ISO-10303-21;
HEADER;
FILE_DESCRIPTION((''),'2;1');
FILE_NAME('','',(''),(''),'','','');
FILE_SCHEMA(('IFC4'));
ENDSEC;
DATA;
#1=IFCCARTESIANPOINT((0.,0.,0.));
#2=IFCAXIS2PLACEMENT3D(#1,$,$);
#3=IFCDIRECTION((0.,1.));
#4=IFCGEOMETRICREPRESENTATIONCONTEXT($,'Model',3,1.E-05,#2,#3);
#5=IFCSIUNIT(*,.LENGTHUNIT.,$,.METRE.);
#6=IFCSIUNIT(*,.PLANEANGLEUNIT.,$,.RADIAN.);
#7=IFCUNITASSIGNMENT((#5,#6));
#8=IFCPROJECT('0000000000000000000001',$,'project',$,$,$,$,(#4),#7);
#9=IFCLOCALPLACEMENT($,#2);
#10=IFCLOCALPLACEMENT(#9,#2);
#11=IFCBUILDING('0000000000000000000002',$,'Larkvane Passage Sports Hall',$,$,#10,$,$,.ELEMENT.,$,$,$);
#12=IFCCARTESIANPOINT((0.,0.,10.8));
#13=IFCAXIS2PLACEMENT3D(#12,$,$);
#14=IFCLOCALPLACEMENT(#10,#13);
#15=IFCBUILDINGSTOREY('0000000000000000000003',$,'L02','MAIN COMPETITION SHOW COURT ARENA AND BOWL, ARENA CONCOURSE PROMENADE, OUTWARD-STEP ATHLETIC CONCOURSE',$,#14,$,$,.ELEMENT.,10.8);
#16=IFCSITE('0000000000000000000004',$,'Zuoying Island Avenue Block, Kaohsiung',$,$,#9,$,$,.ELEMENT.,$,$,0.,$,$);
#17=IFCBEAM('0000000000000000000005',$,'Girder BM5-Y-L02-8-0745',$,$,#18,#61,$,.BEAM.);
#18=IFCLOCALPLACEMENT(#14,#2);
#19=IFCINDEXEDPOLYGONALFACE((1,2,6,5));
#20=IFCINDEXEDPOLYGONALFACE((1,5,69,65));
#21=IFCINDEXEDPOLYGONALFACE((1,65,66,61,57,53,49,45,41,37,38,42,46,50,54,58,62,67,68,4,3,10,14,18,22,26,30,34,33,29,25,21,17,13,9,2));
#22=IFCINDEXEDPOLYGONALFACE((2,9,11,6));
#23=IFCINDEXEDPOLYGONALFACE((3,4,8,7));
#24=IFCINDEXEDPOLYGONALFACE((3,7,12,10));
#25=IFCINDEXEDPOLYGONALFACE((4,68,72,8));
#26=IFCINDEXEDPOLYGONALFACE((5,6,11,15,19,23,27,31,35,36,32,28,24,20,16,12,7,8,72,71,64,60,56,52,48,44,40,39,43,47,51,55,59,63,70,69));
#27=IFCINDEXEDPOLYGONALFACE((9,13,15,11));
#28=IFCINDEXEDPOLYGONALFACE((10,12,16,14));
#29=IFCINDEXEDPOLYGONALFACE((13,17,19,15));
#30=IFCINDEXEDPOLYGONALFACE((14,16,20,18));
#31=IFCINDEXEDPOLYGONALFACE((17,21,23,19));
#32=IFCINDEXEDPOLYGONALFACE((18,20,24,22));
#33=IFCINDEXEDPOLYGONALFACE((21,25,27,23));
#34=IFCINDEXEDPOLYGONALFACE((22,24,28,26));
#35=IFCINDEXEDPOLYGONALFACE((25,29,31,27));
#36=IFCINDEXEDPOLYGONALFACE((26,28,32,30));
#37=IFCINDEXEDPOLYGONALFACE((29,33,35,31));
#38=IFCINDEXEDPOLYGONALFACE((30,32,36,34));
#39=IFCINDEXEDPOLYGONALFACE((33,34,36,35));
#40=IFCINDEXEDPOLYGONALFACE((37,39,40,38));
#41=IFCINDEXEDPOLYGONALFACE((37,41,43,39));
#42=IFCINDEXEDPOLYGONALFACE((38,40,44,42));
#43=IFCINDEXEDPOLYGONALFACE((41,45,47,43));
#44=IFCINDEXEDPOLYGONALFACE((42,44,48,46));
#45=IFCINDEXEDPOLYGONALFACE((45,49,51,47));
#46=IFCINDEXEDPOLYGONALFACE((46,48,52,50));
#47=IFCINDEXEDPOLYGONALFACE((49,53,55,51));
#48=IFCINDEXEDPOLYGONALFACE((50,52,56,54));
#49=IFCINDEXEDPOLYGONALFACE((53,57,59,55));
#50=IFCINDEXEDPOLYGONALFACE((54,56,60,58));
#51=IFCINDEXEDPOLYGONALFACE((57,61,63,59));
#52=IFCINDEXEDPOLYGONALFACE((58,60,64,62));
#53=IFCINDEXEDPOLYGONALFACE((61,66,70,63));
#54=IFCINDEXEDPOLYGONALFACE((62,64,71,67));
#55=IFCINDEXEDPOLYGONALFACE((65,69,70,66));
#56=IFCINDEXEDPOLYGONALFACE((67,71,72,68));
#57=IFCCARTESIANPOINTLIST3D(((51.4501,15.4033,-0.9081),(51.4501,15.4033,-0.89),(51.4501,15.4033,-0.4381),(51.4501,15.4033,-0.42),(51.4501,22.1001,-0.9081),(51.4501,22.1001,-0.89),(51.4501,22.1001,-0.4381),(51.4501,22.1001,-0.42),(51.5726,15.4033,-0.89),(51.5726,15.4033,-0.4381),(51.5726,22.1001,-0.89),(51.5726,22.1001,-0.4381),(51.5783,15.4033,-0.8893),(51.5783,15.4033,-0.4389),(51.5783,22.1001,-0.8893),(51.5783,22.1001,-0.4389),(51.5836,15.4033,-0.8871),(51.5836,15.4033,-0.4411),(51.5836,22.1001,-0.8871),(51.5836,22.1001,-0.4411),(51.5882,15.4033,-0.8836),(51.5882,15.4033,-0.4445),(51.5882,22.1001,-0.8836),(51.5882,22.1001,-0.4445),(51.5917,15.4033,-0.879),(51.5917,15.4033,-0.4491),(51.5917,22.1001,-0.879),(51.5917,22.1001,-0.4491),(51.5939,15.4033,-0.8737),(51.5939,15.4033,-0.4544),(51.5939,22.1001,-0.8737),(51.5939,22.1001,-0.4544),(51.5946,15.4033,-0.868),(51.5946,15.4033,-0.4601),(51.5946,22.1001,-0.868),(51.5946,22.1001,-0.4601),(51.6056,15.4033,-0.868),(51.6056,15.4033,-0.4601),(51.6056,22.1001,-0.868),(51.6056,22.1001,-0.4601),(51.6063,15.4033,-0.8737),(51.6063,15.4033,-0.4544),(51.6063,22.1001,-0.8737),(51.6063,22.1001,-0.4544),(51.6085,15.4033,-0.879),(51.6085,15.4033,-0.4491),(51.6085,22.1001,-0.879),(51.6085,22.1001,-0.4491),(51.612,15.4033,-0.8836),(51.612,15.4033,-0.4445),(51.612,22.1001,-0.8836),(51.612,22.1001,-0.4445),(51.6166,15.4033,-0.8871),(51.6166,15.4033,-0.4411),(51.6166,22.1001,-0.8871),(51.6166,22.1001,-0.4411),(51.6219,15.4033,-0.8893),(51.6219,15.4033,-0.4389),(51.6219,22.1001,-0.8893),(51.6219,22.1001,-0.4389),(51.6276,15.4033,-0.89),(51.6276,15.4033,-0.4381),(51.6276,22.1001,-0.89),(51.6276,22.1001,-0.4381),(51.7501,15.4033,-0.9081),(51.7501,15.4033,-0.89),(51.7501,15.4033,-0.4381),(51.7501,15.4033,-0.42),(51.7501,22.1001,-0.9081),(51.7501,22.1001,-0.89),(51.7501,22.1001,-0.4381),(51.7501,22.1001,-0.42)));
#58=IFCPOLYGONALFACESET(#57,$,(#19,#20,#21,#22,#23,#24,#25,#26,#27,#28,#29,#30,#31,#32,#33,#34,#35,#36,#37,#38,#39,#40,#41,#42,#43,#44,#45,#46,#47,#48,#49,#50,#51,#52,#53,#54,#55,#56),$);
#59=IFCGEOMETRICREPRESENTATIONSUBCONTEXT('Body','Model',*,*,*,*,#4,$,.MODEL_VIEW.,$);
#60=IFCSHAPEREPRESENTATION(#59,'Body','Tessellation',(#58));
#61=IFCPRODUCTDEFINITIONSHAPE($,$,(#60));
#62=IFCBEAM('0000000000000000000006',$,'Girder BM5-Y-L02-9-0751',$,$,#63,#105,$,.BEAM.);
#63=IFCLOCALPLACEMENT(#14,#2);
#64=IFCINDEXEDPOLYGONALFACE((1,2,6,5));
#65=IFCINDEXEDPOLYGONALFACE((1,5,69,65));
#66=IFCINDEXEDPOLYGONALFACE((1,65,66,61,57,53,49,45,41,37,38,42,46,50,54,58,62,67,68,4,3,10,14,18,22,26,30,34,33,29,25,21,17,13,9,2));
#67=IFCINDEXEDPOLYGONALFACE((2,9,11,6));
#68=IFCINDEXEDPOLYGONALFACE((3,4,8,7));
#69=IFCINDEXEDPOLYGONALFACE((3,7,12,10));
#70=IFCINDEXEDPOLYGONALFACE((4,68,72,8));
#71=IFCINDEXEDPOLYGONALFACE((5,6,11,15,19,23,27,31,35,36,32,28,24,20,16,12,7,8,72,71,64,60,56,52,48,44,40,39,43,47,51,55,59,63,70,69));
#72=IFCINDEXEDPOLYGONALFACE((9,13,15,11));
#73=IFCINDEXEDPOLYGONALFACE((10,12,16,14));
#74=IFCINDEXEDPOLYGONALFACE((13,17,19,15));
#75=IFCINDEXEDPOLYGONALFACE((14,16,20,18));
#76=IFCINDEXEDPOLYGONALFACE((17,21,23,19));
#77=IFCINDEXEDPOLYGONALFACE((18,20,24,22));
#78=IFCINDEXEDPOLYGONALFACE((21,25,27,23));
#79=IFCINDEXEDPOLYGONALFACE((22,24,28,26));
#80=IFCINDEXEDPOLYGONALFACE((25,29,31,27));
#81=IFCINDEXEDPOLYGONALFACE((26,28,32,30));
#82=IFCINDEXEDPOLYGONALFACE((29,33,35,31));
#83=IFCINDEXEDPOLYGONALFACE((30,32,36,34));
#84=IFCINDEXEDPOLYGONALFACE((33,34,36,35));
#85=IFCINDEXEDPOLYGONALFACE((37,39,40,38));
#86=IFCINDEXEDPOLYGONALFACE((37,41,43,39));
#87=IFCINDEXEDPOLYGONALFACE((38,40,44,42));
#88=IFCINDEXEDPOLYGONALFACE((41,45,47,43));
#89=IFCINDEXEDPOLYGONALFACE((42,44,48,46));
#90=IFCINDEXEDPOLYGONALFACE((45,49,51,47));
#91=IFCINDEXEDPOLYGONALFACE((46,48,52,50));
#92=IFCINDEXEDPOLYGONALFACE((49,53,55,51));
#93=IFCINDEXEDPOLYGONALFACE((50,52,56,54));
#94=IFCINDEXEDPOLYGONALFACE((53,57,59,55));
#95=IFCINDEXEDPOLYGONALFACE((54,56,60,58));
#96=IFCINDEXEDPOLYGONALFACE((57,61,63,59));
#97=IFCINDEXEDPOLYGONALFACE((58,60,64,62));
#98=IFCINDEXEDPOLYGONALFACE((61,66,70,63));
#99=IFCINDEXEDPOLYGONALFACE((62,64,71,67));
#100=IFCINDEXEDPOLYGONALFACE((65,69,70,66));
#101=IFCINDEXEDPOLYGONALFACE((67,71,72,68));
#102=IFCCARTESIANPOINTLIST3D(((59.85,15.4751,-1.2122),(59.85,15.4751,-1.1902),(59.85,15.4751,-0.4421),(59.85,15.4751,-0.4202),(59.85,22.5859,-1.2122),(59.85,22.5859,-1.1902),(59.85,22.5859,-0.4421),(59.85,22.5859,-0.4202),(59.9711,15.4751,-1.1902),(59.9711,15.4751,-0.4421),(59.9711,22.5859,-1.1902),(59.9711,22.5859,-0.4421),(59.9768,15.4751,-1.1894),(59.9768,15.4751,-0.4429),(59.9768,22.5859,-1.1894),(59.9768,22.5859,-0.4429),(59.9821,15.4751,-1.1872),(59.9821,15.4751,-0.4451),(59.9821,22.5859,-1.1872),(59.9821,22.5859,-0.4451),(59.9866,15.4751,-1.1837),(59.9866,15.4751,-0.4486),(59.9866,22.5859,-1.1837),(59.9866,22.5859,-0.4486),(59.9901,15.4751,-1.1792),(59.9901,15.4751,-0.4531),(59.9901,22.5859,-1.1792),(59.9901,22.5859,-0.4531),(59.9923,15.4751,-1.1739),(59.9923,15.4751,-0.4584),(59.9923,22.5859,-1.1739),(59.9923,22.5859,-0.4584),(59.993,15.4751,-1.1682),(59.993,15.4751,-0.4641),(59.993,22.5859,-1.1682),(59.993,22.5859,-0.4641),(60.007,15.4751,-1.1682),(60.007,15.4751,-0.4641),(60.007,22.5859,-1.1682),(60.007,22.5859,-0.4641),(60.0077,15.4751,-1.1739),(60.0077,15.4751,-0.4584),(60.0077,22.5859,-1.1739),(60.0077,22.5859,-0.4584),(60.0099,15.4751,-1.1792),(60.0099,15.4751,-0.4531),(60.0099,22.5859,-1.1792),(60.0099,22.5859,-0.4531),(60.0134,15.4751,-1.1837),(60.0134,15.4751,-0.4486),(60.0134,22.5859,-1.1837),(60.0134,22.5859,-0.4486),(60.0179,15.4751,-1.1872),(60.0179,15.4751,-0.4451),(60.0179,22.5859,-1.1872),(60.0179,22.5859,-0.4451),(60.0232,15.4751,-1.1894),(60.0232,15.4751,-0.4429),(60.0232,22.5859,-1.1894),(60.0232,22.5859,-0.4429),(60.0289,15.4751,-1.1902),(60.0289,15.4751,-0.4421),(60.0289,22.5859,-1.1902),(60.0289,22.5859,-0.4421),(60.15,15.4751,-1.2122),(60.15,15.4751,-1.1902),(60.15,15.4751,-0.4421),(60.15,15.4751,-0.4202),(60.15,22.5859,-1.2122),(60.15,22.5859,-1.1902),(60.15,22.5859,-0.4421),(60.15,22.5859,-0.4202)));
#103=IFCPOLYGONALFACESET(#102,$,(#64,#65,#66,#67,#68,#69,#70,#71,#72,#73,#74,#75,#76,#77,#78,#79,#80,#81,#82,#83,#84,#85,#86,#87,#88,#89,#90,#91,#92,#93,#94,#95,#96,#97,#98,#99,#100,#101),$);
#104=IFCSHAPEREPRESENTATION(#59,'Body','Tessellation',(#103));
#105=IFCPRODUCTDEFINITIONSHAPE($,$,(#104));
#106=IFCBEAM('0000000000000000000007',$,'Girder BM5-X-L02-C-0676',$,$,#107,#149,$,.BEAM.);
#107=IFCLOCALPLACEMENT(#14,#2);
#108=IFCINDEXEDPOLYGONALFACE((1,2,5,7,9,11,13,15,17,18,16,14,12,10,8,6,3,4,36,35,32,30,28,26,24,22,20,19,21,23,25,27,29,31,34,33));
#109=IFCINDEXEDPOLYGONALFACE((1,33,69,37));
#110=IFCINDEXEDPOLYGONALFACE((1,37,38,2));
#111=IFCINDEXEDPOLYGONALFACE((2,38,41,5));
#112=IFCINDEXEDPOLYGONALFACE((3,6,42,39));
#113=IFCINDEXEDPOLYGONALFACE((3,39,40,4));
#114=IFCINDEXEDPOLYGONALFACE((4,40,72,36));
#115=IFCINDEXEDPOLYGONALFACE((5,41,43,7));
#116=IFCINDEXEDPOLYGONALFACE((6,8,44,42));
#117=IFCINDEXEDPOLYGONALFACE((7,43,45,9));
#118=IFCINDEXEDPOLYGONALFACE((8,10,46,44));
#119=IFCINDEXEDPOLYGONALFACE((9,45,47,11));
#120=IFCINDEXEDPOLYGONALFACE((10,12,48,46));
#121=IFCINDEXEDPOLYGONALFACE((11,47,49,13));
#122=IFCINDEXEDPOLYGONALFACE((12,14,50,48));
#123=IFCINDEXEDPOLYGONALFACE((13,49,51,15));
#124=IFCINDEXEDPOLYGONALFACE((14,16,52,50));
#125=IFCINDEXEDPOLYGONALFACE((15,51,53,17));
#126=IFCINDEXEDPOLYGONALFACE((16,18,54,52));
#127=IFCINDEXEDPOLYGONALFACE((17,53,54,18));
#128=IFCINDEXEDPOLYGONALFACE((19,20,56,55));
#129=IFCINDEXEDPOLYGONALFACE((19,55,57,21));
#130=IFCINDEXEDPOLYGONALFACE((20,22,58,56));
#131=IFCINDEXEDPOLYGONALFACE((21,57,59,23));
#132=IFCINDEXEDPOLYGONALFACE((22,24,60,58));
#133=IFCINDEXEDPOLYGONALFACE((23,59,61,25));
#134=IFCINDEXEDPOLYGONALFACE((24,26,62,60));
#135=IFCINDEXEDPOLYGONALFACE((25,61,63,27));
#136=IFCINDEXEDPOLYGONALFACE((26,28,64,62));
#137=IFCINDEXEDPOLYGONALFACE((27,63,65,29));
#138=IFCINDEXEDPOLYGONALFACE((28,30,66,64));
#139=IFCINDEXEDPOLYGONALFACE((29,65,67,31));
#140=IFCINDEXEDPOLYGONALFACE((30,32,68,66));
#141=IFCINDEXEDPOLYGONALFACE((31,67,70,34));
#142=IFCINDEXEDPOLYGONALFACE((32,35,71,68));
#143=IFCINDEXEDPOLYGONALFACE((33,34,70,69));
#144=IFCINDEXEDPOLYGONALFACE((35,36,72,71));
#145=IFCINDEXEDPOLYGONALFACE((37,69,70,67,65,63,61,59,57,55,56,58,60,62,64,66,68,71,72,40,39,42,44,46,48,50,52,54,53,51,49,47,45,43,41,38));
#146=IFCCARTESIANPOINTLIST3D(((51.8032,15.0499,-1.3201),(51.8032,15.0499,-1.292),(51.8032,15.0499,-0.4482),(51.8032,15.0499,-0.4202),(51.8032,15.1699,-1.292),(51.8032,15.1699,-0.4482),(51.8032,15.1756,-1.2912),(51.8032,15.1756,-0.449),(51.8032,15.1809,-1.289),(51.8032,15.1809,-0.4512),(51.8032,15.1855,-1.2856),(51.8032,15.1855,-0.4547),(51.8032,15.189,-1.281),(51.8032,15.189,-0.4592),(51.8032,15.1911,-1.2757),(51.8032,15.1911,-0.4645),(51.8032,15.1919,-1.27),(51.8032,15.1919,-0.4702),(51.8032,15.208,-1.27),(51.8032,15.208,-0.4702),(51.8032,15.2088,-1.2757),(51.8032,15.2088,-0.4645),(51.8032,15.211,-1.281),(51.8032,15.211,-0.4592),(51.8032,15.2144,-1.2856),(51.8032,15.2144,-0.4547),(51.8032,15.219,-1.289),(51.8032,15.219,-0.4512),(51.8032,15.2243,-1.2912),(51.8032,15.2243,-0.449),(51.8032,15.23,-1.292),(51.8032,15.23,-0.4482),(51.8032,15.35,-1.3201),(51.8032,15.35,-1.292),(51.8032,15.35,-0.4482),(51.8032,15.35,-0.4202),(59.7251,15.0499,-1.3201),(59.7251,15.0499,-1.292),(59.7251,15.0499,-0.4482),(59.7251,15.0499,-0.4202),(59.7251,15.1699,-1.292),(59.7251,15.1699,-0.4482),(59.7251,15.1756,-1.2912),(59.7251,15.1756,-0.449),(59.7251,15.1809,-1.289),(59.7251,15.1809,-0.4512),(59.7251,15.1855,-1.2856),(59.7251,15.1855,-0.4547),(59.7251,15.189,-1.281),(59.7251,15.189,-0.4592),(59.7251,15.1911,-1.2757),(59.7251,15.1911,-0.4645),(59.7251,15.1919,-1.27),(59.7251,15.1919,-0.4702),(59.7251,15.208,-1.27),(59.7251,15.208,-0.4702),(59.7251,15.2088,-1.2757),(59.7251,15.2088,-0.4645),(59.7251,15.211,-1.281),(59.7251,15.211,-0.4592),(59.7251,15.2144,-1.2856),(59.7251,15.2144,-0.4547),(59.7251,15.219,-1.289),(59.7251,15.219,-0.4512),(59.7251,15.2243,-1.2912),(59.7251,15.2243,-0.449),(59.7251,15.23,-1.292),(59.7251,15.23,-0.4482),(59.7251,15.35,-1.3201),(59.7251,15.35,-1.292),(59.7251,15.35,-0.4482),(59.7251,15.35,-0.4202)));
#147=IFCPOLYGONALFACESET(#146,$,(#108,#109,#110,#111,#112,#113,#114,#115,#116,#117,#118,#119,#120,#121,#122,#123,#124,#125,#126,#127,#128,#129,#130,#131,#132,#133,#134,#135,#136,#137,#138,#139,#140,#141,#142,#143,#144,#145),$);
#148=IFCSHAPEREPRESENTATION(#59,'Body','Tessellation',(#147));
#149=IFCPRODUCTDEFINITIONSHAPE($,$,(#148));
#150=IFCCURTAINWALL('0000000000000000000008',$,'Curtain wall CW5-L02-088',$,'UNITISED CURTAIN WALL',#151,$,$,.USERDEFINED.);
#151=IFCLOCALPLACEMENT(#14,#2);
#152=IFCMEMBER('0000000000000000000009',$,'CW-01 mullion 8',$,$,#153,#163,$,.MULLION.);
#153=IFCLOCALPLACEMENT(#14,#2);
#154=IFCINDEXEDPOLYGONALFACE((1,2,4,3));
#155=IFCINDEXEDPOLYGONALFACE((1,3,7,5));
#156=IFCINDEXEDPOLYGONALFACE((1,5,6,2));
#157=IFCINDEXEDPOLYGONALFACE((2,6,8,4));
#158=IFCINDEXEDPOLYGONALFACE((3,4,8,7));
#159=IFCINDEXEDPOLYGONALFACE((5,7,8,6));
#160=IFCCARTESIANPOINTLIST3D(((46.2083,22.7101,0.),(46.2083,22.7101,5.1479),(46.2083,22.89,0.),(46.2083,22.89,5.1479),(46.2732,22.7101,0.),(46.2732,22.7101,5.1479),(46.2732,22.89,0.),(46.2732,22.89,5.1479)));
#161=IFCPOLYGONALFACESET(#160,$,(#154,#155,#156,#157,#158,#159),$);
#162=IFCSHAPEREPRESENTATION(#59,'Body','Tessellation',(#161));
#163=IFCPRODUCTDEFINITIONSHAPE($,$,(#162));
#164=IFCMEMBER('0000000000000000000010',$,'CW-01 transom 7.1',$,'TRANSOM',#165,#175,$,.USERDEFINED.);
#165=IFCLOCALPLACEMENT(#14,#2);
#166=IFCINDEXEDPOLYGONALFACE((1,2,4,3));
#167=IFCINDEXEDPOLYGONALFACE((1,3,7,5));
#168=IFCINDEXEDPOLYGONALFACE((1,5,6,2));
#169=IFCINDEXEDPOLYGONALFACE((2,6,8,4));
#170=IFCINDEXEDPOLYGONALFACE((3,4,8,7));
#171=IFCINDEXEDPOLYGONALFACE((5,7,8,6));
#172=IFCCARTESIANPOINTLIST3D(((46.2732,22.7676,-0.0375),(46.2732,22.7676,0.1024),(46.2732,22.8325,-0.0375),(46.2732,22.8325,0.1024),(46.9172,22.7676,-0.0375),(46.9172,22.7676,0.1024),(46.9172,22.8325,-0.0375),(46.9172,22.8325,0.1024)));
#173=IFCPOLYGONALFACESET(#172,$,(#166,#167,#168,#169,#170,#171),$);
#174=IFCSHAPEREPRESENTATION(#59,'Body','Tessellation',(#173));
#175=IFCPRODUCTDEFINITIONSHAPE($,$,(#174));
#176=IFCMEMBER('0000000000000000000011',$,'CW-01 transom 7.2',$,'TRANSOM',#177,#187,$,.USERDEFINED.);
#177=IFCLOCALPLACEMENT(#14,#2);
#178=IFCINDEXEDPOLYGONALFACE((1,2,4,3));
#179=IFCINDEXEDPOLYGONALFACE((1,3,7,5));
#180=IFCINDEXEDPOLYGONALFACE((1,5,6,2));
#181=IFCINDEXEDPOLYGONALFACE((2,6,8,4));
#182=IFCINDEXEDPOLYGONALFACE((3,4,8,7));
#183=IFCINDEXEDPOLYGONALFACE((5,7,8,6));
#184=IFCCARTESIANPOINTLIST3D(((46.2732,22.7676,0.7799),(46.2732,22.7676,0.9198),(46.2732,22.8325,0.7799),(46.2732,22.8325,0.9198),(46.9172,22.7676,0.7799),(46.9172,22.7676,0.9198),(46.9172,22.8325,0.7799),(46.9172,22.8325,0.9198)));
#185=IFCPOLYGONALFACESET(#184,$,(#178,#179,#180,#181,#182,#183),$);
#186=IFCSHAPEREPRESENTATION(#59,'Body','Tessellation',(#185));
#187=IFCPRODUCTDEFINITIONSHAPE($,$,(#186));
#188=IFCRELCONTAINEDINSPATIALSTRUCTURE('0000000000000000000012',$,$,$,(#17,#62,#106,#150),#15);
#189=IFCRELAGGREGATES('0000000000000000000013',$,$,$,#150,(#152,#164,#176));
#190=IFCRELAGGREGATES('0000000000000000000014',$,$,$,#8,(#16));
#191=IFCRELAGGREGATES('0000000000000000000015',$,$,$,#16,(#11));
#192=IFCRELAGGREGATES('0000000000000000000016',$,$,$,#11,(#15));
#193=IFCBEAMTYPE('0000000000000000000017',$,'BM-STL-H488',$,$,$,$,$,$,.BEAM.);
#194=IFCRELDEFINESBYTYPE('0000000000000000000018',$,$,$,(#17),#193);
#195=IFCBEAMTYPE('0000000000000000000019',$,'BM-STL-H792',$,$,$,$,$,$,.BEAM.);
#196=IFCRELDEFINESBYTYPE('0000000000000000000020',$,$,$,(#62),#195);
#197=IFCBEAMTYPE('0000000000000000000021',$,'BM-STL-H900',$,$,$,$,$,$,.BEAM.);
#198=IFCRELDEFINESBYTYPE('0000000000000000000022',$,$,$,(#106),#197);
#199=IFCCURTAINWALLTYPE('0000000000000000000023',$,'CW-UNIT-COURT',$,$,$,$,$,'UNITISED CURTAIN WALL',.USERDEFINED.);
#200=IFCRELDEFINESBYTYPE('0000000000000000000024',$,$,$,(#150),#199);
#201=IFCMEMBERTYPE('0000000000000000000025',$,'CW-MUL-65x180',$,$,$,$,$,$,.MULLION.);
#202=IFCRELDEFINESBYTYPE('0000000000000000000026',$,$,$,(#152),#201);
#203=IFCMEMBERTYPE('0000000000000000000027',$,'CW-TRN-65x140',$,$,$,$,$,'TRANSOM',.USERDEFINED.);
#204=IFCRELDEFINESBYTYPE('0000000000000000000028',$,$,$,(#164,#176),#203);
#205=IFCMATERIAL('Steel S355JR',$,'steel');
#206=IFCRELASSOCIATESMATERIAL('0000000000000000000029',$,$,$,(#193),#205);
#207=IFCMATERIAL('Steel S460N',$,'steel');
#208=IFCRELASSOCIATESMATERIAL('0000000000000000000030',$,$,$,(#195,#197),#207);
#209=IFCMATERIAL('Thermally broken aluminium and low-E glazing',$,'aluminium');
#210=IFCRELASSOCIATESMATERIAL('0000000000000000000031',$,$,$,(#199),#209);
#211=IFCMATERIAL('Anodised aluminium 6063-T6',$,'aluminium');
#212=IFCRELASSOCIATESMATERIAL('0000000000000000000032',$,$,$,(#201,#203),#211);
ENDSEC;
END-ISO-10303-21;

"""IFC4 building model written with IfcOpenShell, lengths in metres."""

from ifc_helpers import new_model, si_unit, direction, frame, origin, origin_2d, place, context, subcontext, project, spatial, rectangle, i_section, extrude, material, material_profile, profile_set, type_object, element, aggregate, save


model = new_model("IFC4")

# Units and contexts
model_context = context("Model", 3, precision=1e-05, world=origin(), true_north=direction((0.0, 1.0)))
body_context = subcontext(model_context, "Body", "Model", "MODEL_VIEW")
ifc_project = project(units=[si_unit("LENGTHUNIT", "METRE"), si_unit("PLANEANGLEUNIT", "RADIAN")], contexts=[model_context])

# Site, building, storey
site_placement = place(None, origin())
site = spatial("IfcSite", under=ifc_project, at=site_placement, Name="Zuoying Island Avenue Block, Kaohsiung", CompositionType="ELEMENT", RefElevation=0.0)
building_placement = place(site_placement, origin())
building = spatial("IfcBuilding", under=site, at=building_placement, Name="Larkvane Passage Sports Hall", CompositionType="ELEMENT")
storey_placement = place(building_placement, frame((0.0, 0.0, 10.8)))
storey = spatial("IfcBuildingStorey", under=building, at=storey_placement, Name="L02", Description="MAIN COMPETITION SHOW COURT ARENA AND BOWL, ARENA CONCOURSE PROMENADE, OUTWARD-STEP ATHLETIC CONCOURSE", CompositionType="ELEMENT", Elevation=10.8)

# Beams
ifc_material_1 = material(Name="Steel S355JR", Category="steel")
ifc_material_profile_1 = material_profile(ifc_material_1, i_section(OverallWidth=0.3, OverallDepth=0.488, WebThickness=0.011, FlangeThickness=0.0181, FilletRadius=0.022, at=origin_2d()), Name="H-488x300x11x18")
ifc_profile_set_1 = profile_set([ifc_material_profile_1], Name="Steel S355JR")
beam_type_1 = type_object("IfcBeamType", Name="BM-STL-H488", PredefinedType="BEAM", material=ifc_profile_set_1)
beam_1_placement = place(storey_placement, frame((51.6001, 15.4033, -0.6641), z_axis=(0.0, 1.0, 0.0), x_axis=(-1.0, 0.0, 0.0)))
element("IfcBeam", 1, at=beam_1_placement, inside=storey, type_object=beam_type_1, Name="Girder BM5-Y-L02-8-0745", PredefinedType="BEAM", context=body_context, shape_type="SweptSolid", body=[
    extrude(i_section(OverallWidth=0.3, OverallDepth=0.488, WebThickness=0.011, FlangeThickness=0.0181, FilletRadius=0.022, at=origin_2d()), origin(), (0.0, 0.0, 1.0), 6.6968),
])
ifc_material_2 = material(Name="Steel S460N", Category="steel")
ifc_material_profile_2 = material_profile(ifc_material_2, i_section(OverallWidth=0.3, OverallDepth=0.792, WebThickness=0.0139, FlangeThickness=0.022, FilletRadius=0.022, at=origin_2d()), Name="H-792x300x14x22")
ifc_profile_set_2 = profile_set([ifc_material_profile_2], Name="Steel S460N")
beam_type_2 = type_object("IfcBeamType", Name="BM-STL-H792", PredefinedType="BEAM", material=ifc_profile_set_2)
beam_2_placement = place(storey_placement, frame((60.0, 15.4751, -0.8162), z_axis=(0.0, 1.0, 0.0), x_axis=(-1.0, 0.0, 0.0)))
element("IfcBeam", 2, at=beam_2_placement, inside=storey, type_object=beam_type_2, Name="Girder BM5-Y-L02-9-0751", PredefinedType="BEAM", context=body_context, shape_type="SweptSolid", body=[
    extrude(i_section(OverallWidth=0.3, OverallDepth=0.792, WebThickness=0.0139, FlangeThickness=0.022, FilletRadius=0.022, at=origin_2d()), origin(), (0.0, 0.0, 1.0), 7.1108),
])
ifc_material_profile_3 = material_profile(ifc_material_2, i_section(OverallWidth=0.3, OverallDepth=0.8999, WebThickness=0.0161, FlangeThickness=0.0281, FilletRadius=0.022, at=origin_2d()), Name="H-900x300x16x28")
ifc_profile_set_3 = profile_set([ifc_material_profile_3], Name="Steel S460N")
beam_type_3 = type_object("IfcBeamType", Name="BM-STL-H900", PredefinedType="BEAM", material=ifc_profile_set_3)
beam_3_placement = place(storey_placement, frame((51.8032, 15.2, -0.8701), z_axis=(1.0, 0.0, 0.0), x_axis=(0.0, 1.0, 0.0)))
element("IfcBeam", 3, at=beam_3_placement, inside=storey, type_object=beam_type_3, Name="Girder BM5-X-L02-C-0676", PredefinedType="BEAM", context=body_context, shape_type="SweptSolid", body=[
    extrude(i_section(OverallWidth=0.3, OverallDepth=0.8999, WebThickness=0.0161, FlangeThickness=0.0281, FilletRadius=0.022, at=origin_2d()), origin(), (0.0, 0.0, 1.0), 7.9219),
])

# Curtain wall, members
ifc_material_3 = material(Name="Thermally broken aluminium and low-E glazing", Category="aluminium")
curtain_wall_type = type_object("IfcCurtainWallType", Name="CW-UNIT-COURT", ElementType="UNITISED CURTAIN WALL", PredefinedType="USERDEFINED", material=ifc_material_3)
curtain_wall_placement = place(storey_placement, origin())
curtain_wall = element("IfcCurtainWall", 4, at=curtain_wall_placement, inside=storey, type_object=curtain_wall_type, Name="Curtain wall CW5-L02-088", ObjectType="UNITISED CURTAIN WALL", PredefinedType="USERDEFINED")
ifc_material_4 = material(Name="Anodised aluminium 6063-T6", Category="aluminium")
ifc_material_profile_4 = material_profile(ifc_material_4, rectangle(XDim=0.0649, YDim=0.1799, at=origin_2d()), Name="ALU-MUL-65x180")
ifc_profile_set_4 = profile_set([ifc_material_profile_4], Name="Anodised aluminium 6063-T6")
member_type_1 = type_object("IfcMemberType", Name="CW-MUL-65x180", PredefinedType="MULLION", material=ifc_profile_set_4)
member_1_placement = place(storey_placement, frame((46.2407, 22.8, 0.0), z_axis=(0.0, 0.0, 1.0), x_axis=(-1.0, 0.0, 0.0)))
member_1 = element("IfcMember", 5, at=member_1_placement, type_object=member_type_1, Name="CW-01 mullion 8", PredefinedType="MULLION", context=body_context, shape_type="SweptSolid", body=[
    extrude(rectangle(XDim=0.0649, YDim=0.1799, at=origin_2d()), origin(), (0.0, 0.0, 1.0), 5.1479),
])
ifc_material_profile_5 = material_profile(ifc_material_4, rectangle(XDim=0.0649, YDim=0.1399, at=origin_2d()), Name="ALU-TRN-65x140")
ifc_profile_set_5 = profile_set([ifc_material_profile_5], Name="Anodised aluminium 6063-T6")
member_type_2 = type_object("IfcMemberType", Name="CW-TRN-65x140", ElementType="TRANSOM", PredefinedType="USERDEFINED", material=ifc_profile_set_5)
member_2_placement = place(storey_placement, frame((46.9172, 22.8, 0.0325), z_axis=(-1.0, 0.0, 0.0), x_axis=(0.0, -1.0, 0.0)))
member_2 = element("IfcMember", 6, at=member_2_placement, type_object=member_type_2, Name="CW-01 transom 7.1", ObjectType="TRANSOM", PredefinedType="USERDEFINED", context=body_context, shape_type="SweptSolid", body=[
    extrude(rectangle(XDim=0.0649, YDim=0.1399, at=origin_2d()), origin(), (0.0, 0.0, 1.0), 0.644),
])
member_3_placement = place(storey_placement, frame((46.9172, 22.8, 0.8499), z_axis=(-1.0, 0.0, 0.0), x_axis=(0.0, -1.0, 0.0)))
member_3 = element("IfcMember", 7, at=member_3_placement, type_object=member_type_2, Name="CW-01 transom 7.2", ObjectType="TRANSOM", PredefinedType="USERDEFINED", context=body_context, shape_type="SweptSolid", body=[
    extrude(rectangle(XDim=0.0649, YDim=0.1399, at=origin_2d()), origin(), (0.0, 0.0, 1.0), 0.644),
])

aggregate(curtain_wall, [member_1, member_2, member_3])

save(model, "model.ifc")
